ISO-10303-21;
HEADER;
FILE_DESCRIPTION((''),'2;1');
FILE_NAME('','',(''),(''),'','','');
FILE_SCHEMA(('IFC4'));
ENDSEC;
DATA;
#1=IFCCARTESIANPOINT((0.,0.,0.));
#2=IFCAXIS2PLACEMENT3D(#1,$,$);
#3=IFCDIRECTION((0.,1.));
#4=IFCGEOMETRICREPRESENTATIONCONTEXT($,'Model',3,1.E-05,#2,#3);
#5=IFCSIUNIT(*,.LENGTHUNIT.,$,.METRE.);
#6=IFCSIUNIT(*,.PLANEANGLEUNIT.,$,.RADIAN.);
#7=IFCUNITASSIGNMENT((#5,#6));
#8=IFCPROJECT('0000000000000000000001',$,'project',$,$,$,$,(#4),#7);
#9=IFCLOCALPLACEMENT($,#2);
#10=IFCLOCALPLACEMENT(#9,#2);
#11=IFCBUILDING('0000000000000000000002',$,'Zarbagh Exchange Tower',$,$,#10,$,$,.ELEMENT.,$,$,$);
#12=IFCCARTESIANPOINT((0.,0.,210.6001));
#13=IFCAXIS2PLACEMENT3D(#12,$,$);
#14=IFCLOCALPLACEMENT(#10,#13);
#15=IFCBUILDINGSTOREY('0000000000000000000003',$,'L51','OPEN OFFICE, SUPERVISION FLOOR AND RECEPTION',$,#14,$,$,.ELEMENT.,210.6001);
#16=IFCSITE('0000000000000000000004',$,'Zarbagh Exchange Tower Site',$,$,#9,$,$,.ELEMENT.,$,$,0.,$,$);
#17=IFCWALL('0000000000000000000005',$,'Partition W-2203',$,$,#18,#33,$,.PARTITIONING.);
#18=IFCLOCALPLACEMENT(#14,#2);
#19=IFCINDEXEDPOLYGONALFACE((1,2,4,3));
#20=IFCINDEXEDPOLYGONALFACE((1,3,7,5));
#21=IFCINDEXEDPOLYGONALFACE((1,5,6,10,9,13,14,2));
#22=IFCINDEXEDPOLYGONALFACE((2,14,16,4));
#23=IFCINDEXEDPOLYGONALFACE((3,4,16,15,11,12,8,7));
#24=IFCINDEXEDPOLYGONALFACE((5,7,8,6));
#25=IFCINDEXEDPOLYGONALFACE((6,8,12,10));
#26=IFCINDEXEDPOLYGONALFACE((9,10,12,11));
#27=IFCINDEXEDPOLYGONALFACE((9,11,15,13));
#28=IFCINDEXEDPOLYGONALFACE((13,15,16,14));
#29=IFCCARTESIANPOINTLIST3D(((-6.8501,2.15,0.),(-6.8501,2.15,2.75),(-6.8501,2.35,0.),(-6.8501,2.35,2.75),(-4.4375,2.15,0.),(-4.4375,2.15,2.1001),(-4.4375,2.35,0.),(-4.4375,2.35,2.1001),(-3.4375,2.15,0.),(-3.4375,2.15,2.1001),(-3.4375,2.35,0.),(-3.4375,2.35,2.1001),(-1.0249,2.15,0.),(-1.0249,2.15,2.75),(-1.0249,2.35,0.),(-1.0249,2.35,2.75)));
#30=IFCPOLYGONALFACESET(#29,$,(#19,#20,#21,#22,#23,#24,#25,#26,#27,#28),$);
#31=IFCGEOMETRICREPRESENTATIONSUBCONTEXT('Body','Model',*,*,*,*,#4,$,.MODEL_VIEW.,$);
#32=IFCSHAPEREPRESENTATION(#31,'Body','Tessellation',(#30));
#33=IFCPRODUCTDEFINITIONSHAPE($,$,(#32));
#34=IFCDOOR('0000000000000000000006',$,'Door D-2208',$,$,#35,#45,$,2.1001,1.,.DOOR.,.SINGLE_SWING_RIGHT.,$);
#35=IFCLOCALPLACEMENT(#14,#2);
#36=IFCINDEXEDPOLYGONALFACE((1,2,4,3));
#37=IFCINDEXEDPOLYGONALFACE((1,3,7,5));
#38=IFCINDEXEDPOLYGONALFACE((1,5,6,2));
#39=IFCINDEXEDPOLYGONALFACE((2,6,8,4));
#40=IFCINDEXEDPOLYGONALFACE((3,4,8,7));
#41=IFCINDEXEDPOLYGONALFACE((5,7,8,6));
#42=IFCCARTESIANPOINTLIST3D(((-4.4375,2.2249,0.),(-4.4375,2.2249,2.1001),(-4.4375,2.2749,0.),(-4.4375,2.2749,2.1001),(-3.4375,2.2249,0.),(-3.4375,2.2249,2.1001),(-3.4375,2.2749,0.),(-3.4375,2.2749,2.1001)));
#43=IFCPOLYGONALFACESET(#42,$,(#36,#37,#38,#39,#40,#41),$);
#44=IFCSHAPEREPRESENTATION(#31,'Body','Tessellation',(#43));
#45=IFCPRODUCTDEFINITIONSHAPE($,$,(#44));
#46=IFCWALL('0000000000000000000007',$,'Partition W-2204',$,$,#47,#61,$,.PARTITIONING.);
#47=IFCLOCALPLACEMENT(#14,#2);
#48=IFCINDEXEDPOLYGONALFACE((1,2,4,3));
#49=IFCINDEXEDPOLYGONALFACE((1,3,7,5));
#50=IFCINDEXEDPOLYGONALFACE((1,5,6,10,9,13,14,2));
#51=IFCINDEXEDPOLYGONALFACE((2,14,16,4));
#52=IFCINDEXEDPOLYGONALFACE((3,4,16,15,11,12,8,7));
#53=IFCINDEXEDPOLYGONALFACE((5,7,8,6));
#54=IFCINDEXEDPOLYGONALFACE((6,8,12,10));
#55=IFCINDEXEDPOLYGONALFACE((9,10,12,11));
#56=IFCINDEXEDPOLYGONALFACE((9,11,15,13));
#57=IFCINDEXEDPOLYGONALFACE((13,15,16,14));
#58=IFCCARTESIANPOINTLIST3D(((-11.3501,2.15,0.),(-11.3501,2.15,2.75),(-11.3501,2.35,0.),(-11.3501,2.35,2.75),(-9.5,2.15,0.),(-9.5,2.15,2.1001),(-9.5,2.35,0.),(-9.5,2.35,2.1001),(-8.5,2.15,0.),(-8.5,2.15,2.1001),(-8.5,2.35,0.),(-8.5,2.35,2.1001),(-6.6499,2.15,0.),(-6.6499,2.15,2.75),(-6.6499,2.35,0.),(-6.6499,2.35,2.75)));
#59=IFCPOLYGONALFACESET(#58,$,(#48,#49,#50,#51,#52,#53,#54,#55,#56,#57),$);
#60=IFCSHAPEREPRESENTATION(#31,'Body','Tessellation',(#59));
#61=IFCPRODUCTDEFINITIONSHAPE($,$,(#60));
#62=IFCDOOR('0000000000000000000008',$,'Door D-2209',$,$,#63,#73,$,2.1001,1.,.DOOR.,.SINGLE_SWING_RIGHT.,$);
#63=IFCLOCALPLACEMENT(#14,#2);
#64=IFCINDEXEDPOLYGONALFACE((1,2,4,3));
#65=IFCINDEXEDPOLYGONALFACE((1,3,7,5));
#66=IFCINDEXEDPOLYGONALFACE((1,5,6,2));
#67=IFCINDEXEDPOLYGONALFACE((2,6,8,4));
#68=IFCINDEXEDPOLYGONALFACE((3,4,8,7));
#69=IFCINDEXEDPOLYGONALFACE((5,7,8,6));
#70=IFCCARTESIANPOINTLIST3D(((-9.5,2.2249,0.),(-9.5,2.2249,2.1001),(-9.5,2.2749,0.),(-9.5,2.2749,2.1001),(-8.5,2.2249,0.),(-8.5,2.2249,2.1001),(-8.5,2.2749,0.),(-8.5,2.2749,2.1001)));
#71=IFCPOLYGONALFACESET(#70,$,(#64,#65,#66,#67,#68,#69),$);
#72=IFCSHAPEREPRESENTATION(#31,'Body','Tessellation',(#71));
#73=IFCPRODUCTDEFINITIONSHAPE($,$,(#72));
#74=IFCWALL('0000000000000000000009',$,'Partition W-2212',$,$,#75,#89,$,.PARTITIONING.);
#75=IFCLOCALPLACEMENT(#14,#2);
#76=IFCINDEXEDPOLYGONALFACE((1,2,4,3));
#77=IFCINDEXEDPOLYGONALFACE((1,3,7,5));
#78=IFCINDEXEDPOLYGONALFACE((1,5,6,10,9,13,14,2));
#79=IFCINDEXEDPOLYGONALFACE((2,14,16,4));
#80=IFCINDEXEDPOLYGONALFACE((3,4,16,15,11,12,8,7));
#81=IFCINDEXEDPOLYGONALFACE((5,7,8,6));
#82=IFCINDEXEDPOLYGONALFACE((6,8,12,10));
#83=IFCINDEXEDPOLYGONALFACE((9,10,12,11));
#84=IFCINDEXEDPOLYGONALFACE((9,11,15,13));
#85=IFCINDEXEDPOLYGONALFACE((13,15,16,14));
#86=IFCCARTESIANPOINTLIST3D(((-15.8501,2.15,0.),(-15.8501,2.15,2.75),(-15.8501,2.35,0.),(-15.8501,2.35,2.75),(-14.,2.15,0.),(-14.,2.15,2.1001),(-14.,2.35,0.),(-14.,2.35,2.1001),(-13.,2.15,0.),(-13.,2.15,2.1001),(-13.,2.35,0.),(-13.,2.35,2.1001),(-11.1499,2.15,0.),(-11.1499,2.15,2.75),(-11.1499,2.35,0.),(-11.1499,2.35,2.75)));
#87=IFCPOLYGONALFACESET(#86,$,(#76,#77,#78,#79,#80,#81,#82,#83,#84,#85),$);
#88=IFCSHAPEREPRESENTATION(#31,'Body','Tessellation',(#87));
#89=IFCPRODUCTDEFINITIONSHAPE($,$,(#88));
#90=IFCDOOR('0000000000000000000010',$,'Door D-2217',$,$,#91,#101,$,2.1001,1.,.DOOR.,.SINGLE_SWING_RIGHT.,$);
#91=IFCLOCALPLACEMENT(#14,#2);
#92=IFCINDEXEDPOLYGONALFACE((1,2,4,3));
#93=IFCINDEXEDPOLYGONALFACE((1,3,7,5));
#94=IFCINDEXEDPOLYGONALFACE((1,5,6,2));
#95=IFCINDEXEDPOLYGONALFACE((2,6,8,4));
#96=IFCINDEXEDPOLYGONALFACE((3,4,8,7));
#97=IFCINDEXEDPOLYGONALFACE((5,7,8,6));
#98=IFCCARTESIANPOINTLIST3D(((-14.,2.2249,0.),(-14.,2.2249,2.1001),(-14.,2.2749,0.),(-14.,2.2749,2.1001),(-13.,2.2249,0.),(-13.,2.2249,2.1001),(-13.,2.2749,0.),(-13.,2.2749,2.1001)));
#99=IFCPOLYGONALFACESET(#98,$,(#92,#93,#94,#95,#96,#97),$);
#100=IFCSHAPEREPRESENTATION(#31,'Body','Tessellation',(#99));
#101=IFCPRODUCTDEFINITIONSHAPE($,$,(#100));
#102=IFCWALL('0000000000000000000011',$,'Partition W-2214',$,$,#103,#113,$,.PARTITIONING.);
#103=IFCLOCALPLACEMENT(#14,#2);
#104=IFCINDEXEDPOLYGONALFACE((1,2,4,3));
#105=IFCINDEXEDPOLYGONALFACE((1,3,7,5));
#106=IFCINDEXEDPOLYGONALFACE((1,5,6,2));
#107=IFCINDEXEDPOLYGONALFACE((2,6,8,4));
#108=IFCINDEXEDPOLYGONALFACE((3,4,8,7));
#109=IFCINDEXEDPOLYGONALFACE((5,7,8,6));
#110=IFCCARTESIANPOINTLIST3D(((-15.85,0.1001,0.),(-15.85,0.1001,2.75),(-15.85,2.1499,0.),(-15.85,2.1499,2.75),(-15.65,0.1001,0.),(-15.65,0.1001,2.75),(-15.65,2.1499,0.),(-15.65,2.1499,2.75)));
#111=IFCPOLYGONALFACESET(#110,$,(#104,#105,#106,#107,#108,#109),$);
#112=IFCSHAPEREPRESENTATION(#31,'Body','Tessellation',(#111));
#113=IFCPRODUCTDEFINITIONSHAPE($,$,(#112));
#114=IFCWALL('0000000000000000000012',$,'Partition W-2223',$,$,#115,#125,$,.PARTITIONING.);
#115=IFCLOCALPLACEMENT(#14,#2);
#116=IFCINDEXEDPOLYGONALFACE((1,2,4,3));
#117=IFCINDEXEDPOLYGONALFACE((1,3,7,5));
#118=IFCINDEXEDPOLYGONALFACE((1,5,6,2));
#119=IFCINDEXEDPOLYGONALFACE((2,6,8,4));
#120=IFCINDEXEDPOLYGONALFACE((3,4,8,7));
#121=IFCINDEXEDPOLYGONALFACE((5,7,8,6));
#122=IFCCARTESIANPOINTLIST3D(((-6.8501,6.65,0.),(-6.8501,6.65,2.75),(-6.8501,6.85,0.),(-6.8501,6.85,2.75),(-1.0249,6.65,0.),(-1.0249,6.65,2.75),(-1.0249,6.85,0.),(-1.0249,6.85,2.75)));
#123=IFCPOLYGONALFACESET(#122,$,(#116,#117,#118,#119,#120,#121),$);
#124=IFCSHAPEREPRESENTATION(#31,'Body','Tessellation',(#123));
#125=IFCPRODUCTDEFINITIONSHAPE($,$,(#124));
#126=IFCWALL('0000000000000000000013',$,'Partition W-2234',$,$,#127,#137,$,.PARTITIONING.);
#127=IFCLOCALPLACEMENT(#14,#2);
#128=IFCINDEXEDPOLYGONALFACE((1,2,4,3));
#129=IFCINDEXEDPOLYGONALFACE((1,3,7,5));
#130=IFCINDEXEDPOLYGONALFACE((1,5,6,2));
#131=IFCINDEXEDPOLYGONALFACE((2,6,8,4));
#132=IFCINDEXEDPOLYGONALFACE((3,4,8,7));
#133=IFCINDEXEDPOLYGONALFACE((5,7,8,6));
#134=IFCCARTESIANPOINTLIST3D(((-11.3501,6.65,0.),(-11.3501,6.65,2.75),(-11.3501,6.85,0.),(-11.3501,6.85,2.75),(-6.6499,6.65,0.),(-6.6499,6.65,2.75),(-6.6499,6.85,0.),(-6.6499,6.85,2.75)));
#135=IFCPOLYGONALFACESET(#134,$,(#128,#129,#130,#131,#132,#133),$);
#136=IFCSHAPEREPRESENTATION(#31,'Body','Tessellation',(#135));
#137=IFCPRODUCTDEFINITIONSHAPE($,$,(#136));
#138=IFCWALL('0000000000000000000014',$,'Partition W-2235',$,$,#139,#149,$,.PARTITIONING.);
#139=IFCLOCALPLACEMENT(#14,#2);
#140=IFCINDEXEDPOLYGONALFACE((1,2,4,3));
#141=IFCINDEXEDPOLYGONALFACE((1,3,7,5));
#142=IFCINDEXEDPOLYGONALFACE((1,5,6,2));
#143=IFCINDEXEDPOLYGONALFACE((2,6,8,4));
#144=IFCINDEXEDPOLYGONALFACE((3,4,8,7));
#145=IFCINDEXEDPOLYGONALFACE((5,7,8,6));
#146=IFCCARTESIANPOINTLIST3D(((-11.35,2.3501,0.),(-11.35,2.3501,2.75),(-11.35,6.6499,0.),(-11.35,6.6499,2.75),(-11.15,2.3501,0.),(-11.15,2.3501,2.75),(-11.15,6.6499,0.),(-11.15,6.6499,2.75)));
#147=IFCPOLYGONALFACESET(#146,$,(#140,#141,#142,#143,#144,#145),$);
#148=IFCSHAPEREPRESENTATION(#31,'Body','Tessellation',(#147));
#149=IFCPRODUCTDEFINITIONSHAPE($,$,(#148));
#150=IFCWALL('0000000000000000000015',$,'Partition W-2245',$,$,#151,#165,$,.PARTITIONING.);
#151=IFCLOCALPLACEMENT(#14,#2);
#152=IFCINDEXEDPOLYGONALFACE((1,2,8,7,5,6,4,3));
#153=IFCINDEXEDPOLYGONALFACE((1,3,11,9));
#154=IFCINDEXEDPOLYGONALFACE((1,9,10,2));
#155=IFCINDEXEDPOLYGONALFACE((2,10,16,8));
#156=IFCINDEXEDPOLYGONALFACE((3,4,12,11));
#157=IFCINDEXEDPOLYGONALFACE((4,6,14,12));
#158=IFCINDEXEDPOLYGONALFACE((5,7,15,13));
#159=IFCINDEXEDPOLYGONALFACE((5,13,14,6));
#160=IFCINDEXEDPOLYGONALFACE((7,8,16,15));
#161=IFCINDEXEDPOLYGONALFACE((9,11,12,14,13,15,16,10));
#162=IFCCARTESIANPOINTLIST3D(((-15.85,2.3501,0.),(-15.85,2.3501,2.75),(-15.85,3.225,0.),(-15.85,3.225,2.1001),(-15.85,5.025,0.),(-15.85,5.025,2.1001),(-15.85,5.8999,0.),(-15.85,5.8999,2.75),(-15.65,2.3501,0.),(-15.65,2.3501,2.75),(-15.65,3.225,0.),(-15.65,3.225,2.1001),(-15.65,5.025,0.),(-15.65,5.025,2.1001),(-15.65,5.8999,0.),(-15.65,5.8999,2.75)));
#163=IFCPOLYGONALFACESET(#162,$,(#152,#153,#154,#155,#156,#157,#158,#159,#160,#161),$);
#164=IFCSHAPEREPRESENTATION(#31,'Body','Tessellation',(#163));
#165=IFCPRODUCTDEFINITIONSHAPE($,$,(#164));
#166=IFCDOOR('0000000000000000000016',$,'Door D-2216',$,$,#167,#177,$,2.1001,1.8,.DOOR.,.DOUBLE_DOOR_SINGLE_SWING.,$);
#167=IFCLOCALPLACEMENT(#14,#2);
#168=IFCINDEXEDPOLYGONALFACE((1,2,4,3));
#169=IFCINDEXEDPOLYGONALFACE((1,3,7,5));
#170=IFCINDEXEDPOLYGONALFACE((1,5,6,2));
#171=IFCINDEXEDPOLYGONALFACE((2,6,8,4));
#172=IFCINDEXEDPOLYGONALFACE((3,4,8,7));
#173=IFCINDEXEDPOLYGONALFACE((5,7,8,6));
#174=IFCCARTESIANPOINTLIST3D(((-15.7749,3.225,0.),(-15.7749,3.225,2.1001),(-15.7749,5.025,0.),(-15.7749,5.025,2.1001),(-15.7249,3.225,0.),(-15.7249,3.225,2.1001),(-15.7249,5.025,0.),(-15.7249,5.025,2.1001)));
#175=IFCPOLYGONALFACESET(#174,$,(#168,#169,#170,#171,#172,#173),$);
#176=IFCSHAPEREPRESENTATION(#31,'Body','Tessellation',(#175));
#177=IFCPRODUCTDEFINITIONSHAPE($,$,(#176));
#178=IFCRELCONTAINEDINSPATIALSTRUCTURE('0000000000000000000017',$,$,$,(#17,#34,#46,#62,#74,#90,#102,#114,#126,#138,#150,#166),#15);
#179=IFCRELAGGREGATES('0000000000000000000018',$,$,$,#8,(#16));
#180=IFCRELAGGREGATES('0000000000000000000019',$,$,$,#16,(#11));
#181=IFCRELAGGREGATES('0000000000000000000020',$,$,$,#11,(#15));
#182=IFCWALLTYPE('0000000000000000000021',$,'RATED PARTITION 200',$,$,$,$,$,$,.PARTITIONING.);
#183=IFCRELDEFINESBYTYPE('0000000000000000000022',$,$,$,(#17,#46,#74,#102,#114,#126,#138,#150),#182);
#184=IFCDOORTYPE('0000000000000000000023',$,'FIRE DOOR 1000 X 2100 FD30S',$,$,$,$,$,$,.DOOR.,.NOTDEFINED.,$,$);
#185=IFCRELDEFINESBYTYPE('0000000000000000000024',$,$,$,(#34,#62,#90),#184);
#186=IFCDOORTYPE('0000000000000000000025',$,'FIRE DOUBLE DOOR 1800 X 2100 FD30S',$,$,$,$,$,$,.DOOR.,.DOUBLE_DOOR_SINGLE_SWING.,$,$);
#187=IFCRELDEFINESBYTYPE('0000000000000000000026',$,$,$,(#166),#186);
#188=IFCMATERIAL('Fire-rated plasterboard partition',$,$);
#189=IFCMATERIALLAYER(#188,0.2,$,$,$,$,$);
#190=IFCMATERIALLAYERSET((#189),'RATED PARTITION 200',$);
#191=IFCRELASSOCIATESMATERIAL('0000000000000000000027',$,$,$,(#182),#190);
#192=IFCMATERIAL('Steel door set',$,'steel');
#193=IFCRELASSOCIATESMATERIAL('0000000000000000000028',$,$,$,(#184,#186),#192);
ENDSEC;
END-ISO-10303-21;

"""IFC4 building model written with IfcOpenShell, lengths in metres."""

from ifc_helpers import new_model, si_unit, direction, frame, frame_2d, origin, place, context, subcontext, project, spatial, rectangle, extrude, material, layer, layer_set, type_object, element, fill, save


model = new_model("IFC4")

# Units and contexts
model_context = context("Model", 3, precision=1e-05, world=origin(), true_north=direction((0.0, 1.0)))
body_context = subcontext(model_context, "Body", "Model", "MODEL_VIEW")
ifc_project = project(units=[si_unit("LENGTHUNIT", "METRE"), si_unit("PLANEANGLEUNIT", "RADIAN")], contexts=[model_context])

# Site, building, storey
site_placement = place(None, origin())
site = spatial("IfcSite", under=ifc_project, at=site_placement, Name="Zarbagh Exchange Tower Site", CompositionType="ELEMENT", RefElevation=0.0)
building_placement = place(site_placement, origin())
building = spatial("IfcBuilding", under=site, at=building_placement, Name="Zarbagh Exchange Tower", CompositionType="ELEMENT")
storey_placement = place(building_placement, frame((0.0, 0.0, 210.6001)))
storey = spatial("IfcBuildingStorey", under=building, at=storey_placement, Name="L51", Description="OPEN OFFICE, SUPERVISION FLOOR AND RECEPTION", CompositionType="ELEMENT", Elevation=210.6001)

# Walls, openings, doors
ifc_material_1 = material(Name="Fire-rated plasterboard partition")
ifc_layer = layer(ifc_material_1, 0.2)
ifc_layer_set = layer_set([ifc_layer], Name="RATED PARTITION 200")
wall_type = type_object("IfcWallType", Name="RATED PARTITION 200", PredefinedType="PARTITIONING", material=ifc_layer_set)
wall_1_placement = place(storey_placement, frame((-6.8501, 2.25, 0.0), z_axis=(0.0, 0.0, 1.0), x_axis=(1.0, 0.0, 0.0)))
wall_1 = element("IfcWall", 1, at=wall_1_placement, inside=storey, type_object=wall_type, Name="Partition W-2203", PredefinedType="PARTITIONING", context=body_context, shape_type="SweptSolid", body=[
    extrude(rectangle(XDim=5.8252, YDim=0.2, at=frame_2d((2.9126, 0.0))), origin(), (0.0, 0.0, 1.0), 2.75),
])
opening_1_placement = place(wall_1_placement, frame((2.4126, 0.0, 0.0)))
opening_1 = element("IfcOpeningElement", 2, at=opening_1_placement, cuts=wall_1, PredefinedType="OPENING", context=body_context, shape_type="SweptSolid", body=[
    extrude(rectangle(XDim=1.0, YDim=2.1001, at=frame_2d((0.5, 1.05))), frame((0.0, 0.1099, 0.0), z_axis=(0.0, -1.0, 0.0), x_axis=(1.0, 0.0, 0.0)), (0.0, 0.0, 1.0), 0.22),
])
ifc_material_2 = material(Name="Steel door set", Category="steel")
door_type_1 = type_object("IfcDoorType", Name="FIRE DOOR 1000 X 2100 FD30S", OperationType="NOTDEFINED", PredefinedType="DOOR", material=ifc_material_2)
door_1_placement = place(opening_1_placement, origin())
door_1 = element("IfcDoor", 3, at=door_1_placement, inside=storey, type_object=door_type_1, Name="Door D-2208", OperationType="SINGLE_SWING_RIGHT", OverallHeight=2.1001, OverallWidth=1.0, PredefinedType="DOOR", context=body_context, shape_type="SweptSolid", body=[
    extrude(rectangle(XDim=1.0, YDim=2.1001, at=frame_2d((0.5, 1.05))), frame((0.0, 0.0249, 0.0), z_axis=(0.0, -1.0, 0.0), x_axis=(1.0, 0.0, 0.0)), (0.0, 0.0, 1.0), 0.05),
])
fill(opening_1, door_1)
wall_2_placement = place(storey_placement, frame((-11.3501, 2.25, 0.0), z_axis=(0.0, 0.0, 1.0), x_axis=(1.0, 0.0, 0.0)))
wall_2 = element("IfcWall", 4, at=wall_2_placement, inside=storey, type_object=wall_type, Name="Partition W-2204", PredefinedType="PARTITIONING", context=body_context, shape_type="SweptSolid", body=[
    extrude(rectangle(XDim=4.7002, YDim=0.2, at=frame_2d((2.3501, 0.0))), origin(), (0.0, 0.0, 1.0), 2.75),
])
opening_2_placement = place(wall_2_placement, frame((1.8501, 0.0, 0.0)))
opening_2 = element("IfcOpeningElement", 5, at=opening_2_placement, cuts=wall_2, PredefinedType="OPENING", context=body_context, shape_type="SweptSolid", body=[
    extrude(rectangle(XDim=1.0, YDim=2.1001, at=frame_2d((0.5, 1.05))), frame((0.0, 0.1099, 0.0), z_axis=(0.0, -1.0, 0.0), x_axis=(1.0, 0.0, 0.0)), (0.0, 0.0, 1.0), 0.22),
])
door_2_placement = place(opening_2_placement, origin())
door_2 = element("IfcDoor", 6, at=door_2_placement, inside=storey, type_object=door_type_1, Name="Door D-2209", OperationType="SINGLE_SWING_RIGHT", OverallHeight=2.1001, OverallWidth=1.0, PredefinedType="DOOR", context=body_context, shape_type="SweptSolid", body=[
    extrude(rectangle(XDim=1.0, YDim=2.1001, at=frame_2d((0.5, 1.05))), frame((0.0, 0.0249, 0.0), z_axis=(0.0, -1.0, 0.0), x_axis=(1.0, 0.0, 0.0)), (0.0, 0.0, 1.0), 0.05),
])
fill(opening_2, door_2)
wall_3_placement = place(storey_placement, frame((-15.8501, 2.25, 0.0), z_axis=(0.0, 0.0, 1.0), x_axis=(1.0, 0.0, 0.0)))
wall_3 = element("IfcWall", 7, at=wall_3_placement, inside=storey, type_object=wall_type, Name="Partition W-2212", PredefinedType="PARTITIONING", context=body_context, shape_type="SweptSolid", body=[
    extrude(rectangle(XDim=4.7002, YDim=0.2, at=frame_2d((2.3501, 0.0))), origin(), (0.0, 0.0, 1.0), 2.75),
])
opening_3_placement = place(wall_3_placement, frame((1.8501, 0.0, 0.0)))
opening_3 = element("IfcOpeningElement", 8, at=opening_3_placement, cuts=wall_3, PredefinedType="OPENING", context=body_context, shape_type="SweptSolid", body=[
    extrude(rectangle(XDim=1.0, YDim=2.1001, at=frame_2d((0.5, 1.05))), frame((0.0, 0.1099, 0.0), z_axis=(0.0, -1.0, 0.0), x_axis=(1.0, 0.0, 0.0)), (0.0, 0.0, 1.0), 0.22),
])
door_3_placement = place(opening_3_placement, origin())
door_3 = element("IfcDoor", 9, at=door_3_placement, inside=storey, type_object=door_type_1, Name="Door D-2217", OperationType="SINGLE_SWING_RIGHT", OverallHeight=2.1001, OverallWidth=1.0, PredefinedType="DOOR", context=body_context, shape_type="SweptSolid", body=[
    extrude(rectangle(XDim=1.0, YDim=2.1001, at=frame_2d((0.5, 1.05))), frame((0.0, 0.0249, 0.0), z_axis=(0.0, -1.0, 0.0), x_axis=(1.0, 0.0, 0.0)), (0.0, 0.0, 1.0), 0.05),
])
fill(opening_3, door_3)

# Walls
wall_4_placement = place(storey_placement, frame((-15.75, 0.1001, 0.0), z_axis=(0.0, 0.0, 1.0), x_axis=(0.0, 1.0, 0.0)))
element("IfcWall", 10, at=wall_4_placement, inside=storey, type_object=wall_type, Name="Partition W-2214", PredefinedType="PARTITIONING", context=body_context, shape_type="SweptSolid", body=[
    extrude(rectangle(XDim=2.0498, YDim=0.2, at=frame_2d((1.0249, 0.0))), origin(), (0.0, 0.0, 1.0), 2.75),
])
wall_5_placement = place(storey_placement, frame((-6.8501, 6.75, 0.0), z_axis=(0.0, 0.0, 1.0), x_axis=(1.0, 0.0, 0.0)))
element("IfcWall", 11, at=wall_5_placement, inside=storey, type_object=wall_type, Name="Partition W-2223", PredefinedType="PARTITIONING", context=body_context, shape_type="SweptSolid", body=[
    extrude(rectangle(XDim=5.8252, YDim=0.2, at=frame_2d((2.9126, 0.0))), origin(), (0.0, 0.0, 1.0), 2.75),
])
wall_6_placement = place(storey_placement, frame((-11.3501, 6.75, 0.0), z_axis=(0.0, 0.0, 1.0), x_axis=(1.0, 0.0, 0.0)))
element("IfcWall", 12, at=wall_6_placement, inside=storey, type_object=wall_type, Name="Partition W-2234", PredefinedType="PARTITIONING", context=body_context, shape_type="SweptSolid", body=[
    extrude(rectangle(XDim=4.7002, YDim=0.2, at=frame_2d((2.3501, 0.0))), origin(), (0.0, 0.0, 1.0), 2.75),
])
wall_7_placement = place(storey_placement, frame((-11.25, 2.3501, 0.0), z_axis=(0.0, 0.0, 1.0), x_axis=(0.0, 1.0, 0.0)))
element("IfcWall", 13, at=wall_7_placement, inside=storey, type_object=wall_type, Name="Partition W-2235", PredefinedType="PARTITIONING", context=body_context, shape_type="SweptSolid", body=[
    extrude(rectangle(XDim=4.2998, YDim=0.2, at=frame_2d((2.1499, 0.0))), origin(), (0.0, 0.0, 1.0), 2.75),
])

# Wall, opening, door
wall_8_placement = place(storey_placement, frame((-15.75, 2.3501, 0.0), z_axis=(0.0, 0.0, 1.0), x_axis=(0.0, 1.0, 0.0)))
wall_8 = element("IfcWall", 14, at=wall_8_placement, inside=storey, type_object=wall_type, Name="Partition W-2245", PredefinedType="PARTITIONING", context=body_context, shape_type="SweptSolid", body=[
    extrude(rectangle(XDim=3.5498, YDim=0.2, at=frame_2d((1.7749, 0.0))), origin(), (0.0, 0.0, 1.0), 2.75),
])
opening_4_placement = place(wall_8_placement, frame((0.875, 0.0, 0.0)))
opening_4 = element("IfcOpeningElement", 15, at=opening_4_placement, cuts=wall_8, PredefinedType="OPENING", context=body_context, shape_type="SweptSolid", body=[
    extrude(rectangle(XDim=1.8, YDim=2.1001, at=frame_2d((0.8999, 1.05))), frame((0.0, 0.1099, 0.0), z_axis=(0.0, -1.0, 0.0), x_axis=(1.0, 0.0, 0.0)), (0.0, 0.0, 1.0), 0.22),
])
door_type_2 = type_object("IfcDoorType", Name="FIRE DOUBLE DOOR 1800 X 2100 FD30S", OperationType="DOUBLE_DOOR_SINGLE_SWING", PredefinedType="DOOR", material=ifc_material_2)
door_4_placement = place(opening_4_placement, origin())
door_4 = element("IfcDoor", 16, at=door_4_placement, inside=storey, type_object=door_type_2, Name="Door D-2216", OperationType="DOUBLE_DOOR_SINGLE_SWING", OverallHeight=2.1001, OverallWidth=1.8, PredefinedType="DOOR", context=body_context, shape_type="SweptSolid", body=[
    extrude(rectangle(XDim=1.8, YDim=2.1001, at=frame_2d((0.8999, 1.05))), frame((0.0, 0.0249, 0.0), z_axis=(0.0, -1.0, 0.0), x_axis=(1.0, 0.0, 0.0)), (0.0, 0.0, 1.0), 0.05),
])
fill(opening_4, door_4)

save(model, "model.ifc")
